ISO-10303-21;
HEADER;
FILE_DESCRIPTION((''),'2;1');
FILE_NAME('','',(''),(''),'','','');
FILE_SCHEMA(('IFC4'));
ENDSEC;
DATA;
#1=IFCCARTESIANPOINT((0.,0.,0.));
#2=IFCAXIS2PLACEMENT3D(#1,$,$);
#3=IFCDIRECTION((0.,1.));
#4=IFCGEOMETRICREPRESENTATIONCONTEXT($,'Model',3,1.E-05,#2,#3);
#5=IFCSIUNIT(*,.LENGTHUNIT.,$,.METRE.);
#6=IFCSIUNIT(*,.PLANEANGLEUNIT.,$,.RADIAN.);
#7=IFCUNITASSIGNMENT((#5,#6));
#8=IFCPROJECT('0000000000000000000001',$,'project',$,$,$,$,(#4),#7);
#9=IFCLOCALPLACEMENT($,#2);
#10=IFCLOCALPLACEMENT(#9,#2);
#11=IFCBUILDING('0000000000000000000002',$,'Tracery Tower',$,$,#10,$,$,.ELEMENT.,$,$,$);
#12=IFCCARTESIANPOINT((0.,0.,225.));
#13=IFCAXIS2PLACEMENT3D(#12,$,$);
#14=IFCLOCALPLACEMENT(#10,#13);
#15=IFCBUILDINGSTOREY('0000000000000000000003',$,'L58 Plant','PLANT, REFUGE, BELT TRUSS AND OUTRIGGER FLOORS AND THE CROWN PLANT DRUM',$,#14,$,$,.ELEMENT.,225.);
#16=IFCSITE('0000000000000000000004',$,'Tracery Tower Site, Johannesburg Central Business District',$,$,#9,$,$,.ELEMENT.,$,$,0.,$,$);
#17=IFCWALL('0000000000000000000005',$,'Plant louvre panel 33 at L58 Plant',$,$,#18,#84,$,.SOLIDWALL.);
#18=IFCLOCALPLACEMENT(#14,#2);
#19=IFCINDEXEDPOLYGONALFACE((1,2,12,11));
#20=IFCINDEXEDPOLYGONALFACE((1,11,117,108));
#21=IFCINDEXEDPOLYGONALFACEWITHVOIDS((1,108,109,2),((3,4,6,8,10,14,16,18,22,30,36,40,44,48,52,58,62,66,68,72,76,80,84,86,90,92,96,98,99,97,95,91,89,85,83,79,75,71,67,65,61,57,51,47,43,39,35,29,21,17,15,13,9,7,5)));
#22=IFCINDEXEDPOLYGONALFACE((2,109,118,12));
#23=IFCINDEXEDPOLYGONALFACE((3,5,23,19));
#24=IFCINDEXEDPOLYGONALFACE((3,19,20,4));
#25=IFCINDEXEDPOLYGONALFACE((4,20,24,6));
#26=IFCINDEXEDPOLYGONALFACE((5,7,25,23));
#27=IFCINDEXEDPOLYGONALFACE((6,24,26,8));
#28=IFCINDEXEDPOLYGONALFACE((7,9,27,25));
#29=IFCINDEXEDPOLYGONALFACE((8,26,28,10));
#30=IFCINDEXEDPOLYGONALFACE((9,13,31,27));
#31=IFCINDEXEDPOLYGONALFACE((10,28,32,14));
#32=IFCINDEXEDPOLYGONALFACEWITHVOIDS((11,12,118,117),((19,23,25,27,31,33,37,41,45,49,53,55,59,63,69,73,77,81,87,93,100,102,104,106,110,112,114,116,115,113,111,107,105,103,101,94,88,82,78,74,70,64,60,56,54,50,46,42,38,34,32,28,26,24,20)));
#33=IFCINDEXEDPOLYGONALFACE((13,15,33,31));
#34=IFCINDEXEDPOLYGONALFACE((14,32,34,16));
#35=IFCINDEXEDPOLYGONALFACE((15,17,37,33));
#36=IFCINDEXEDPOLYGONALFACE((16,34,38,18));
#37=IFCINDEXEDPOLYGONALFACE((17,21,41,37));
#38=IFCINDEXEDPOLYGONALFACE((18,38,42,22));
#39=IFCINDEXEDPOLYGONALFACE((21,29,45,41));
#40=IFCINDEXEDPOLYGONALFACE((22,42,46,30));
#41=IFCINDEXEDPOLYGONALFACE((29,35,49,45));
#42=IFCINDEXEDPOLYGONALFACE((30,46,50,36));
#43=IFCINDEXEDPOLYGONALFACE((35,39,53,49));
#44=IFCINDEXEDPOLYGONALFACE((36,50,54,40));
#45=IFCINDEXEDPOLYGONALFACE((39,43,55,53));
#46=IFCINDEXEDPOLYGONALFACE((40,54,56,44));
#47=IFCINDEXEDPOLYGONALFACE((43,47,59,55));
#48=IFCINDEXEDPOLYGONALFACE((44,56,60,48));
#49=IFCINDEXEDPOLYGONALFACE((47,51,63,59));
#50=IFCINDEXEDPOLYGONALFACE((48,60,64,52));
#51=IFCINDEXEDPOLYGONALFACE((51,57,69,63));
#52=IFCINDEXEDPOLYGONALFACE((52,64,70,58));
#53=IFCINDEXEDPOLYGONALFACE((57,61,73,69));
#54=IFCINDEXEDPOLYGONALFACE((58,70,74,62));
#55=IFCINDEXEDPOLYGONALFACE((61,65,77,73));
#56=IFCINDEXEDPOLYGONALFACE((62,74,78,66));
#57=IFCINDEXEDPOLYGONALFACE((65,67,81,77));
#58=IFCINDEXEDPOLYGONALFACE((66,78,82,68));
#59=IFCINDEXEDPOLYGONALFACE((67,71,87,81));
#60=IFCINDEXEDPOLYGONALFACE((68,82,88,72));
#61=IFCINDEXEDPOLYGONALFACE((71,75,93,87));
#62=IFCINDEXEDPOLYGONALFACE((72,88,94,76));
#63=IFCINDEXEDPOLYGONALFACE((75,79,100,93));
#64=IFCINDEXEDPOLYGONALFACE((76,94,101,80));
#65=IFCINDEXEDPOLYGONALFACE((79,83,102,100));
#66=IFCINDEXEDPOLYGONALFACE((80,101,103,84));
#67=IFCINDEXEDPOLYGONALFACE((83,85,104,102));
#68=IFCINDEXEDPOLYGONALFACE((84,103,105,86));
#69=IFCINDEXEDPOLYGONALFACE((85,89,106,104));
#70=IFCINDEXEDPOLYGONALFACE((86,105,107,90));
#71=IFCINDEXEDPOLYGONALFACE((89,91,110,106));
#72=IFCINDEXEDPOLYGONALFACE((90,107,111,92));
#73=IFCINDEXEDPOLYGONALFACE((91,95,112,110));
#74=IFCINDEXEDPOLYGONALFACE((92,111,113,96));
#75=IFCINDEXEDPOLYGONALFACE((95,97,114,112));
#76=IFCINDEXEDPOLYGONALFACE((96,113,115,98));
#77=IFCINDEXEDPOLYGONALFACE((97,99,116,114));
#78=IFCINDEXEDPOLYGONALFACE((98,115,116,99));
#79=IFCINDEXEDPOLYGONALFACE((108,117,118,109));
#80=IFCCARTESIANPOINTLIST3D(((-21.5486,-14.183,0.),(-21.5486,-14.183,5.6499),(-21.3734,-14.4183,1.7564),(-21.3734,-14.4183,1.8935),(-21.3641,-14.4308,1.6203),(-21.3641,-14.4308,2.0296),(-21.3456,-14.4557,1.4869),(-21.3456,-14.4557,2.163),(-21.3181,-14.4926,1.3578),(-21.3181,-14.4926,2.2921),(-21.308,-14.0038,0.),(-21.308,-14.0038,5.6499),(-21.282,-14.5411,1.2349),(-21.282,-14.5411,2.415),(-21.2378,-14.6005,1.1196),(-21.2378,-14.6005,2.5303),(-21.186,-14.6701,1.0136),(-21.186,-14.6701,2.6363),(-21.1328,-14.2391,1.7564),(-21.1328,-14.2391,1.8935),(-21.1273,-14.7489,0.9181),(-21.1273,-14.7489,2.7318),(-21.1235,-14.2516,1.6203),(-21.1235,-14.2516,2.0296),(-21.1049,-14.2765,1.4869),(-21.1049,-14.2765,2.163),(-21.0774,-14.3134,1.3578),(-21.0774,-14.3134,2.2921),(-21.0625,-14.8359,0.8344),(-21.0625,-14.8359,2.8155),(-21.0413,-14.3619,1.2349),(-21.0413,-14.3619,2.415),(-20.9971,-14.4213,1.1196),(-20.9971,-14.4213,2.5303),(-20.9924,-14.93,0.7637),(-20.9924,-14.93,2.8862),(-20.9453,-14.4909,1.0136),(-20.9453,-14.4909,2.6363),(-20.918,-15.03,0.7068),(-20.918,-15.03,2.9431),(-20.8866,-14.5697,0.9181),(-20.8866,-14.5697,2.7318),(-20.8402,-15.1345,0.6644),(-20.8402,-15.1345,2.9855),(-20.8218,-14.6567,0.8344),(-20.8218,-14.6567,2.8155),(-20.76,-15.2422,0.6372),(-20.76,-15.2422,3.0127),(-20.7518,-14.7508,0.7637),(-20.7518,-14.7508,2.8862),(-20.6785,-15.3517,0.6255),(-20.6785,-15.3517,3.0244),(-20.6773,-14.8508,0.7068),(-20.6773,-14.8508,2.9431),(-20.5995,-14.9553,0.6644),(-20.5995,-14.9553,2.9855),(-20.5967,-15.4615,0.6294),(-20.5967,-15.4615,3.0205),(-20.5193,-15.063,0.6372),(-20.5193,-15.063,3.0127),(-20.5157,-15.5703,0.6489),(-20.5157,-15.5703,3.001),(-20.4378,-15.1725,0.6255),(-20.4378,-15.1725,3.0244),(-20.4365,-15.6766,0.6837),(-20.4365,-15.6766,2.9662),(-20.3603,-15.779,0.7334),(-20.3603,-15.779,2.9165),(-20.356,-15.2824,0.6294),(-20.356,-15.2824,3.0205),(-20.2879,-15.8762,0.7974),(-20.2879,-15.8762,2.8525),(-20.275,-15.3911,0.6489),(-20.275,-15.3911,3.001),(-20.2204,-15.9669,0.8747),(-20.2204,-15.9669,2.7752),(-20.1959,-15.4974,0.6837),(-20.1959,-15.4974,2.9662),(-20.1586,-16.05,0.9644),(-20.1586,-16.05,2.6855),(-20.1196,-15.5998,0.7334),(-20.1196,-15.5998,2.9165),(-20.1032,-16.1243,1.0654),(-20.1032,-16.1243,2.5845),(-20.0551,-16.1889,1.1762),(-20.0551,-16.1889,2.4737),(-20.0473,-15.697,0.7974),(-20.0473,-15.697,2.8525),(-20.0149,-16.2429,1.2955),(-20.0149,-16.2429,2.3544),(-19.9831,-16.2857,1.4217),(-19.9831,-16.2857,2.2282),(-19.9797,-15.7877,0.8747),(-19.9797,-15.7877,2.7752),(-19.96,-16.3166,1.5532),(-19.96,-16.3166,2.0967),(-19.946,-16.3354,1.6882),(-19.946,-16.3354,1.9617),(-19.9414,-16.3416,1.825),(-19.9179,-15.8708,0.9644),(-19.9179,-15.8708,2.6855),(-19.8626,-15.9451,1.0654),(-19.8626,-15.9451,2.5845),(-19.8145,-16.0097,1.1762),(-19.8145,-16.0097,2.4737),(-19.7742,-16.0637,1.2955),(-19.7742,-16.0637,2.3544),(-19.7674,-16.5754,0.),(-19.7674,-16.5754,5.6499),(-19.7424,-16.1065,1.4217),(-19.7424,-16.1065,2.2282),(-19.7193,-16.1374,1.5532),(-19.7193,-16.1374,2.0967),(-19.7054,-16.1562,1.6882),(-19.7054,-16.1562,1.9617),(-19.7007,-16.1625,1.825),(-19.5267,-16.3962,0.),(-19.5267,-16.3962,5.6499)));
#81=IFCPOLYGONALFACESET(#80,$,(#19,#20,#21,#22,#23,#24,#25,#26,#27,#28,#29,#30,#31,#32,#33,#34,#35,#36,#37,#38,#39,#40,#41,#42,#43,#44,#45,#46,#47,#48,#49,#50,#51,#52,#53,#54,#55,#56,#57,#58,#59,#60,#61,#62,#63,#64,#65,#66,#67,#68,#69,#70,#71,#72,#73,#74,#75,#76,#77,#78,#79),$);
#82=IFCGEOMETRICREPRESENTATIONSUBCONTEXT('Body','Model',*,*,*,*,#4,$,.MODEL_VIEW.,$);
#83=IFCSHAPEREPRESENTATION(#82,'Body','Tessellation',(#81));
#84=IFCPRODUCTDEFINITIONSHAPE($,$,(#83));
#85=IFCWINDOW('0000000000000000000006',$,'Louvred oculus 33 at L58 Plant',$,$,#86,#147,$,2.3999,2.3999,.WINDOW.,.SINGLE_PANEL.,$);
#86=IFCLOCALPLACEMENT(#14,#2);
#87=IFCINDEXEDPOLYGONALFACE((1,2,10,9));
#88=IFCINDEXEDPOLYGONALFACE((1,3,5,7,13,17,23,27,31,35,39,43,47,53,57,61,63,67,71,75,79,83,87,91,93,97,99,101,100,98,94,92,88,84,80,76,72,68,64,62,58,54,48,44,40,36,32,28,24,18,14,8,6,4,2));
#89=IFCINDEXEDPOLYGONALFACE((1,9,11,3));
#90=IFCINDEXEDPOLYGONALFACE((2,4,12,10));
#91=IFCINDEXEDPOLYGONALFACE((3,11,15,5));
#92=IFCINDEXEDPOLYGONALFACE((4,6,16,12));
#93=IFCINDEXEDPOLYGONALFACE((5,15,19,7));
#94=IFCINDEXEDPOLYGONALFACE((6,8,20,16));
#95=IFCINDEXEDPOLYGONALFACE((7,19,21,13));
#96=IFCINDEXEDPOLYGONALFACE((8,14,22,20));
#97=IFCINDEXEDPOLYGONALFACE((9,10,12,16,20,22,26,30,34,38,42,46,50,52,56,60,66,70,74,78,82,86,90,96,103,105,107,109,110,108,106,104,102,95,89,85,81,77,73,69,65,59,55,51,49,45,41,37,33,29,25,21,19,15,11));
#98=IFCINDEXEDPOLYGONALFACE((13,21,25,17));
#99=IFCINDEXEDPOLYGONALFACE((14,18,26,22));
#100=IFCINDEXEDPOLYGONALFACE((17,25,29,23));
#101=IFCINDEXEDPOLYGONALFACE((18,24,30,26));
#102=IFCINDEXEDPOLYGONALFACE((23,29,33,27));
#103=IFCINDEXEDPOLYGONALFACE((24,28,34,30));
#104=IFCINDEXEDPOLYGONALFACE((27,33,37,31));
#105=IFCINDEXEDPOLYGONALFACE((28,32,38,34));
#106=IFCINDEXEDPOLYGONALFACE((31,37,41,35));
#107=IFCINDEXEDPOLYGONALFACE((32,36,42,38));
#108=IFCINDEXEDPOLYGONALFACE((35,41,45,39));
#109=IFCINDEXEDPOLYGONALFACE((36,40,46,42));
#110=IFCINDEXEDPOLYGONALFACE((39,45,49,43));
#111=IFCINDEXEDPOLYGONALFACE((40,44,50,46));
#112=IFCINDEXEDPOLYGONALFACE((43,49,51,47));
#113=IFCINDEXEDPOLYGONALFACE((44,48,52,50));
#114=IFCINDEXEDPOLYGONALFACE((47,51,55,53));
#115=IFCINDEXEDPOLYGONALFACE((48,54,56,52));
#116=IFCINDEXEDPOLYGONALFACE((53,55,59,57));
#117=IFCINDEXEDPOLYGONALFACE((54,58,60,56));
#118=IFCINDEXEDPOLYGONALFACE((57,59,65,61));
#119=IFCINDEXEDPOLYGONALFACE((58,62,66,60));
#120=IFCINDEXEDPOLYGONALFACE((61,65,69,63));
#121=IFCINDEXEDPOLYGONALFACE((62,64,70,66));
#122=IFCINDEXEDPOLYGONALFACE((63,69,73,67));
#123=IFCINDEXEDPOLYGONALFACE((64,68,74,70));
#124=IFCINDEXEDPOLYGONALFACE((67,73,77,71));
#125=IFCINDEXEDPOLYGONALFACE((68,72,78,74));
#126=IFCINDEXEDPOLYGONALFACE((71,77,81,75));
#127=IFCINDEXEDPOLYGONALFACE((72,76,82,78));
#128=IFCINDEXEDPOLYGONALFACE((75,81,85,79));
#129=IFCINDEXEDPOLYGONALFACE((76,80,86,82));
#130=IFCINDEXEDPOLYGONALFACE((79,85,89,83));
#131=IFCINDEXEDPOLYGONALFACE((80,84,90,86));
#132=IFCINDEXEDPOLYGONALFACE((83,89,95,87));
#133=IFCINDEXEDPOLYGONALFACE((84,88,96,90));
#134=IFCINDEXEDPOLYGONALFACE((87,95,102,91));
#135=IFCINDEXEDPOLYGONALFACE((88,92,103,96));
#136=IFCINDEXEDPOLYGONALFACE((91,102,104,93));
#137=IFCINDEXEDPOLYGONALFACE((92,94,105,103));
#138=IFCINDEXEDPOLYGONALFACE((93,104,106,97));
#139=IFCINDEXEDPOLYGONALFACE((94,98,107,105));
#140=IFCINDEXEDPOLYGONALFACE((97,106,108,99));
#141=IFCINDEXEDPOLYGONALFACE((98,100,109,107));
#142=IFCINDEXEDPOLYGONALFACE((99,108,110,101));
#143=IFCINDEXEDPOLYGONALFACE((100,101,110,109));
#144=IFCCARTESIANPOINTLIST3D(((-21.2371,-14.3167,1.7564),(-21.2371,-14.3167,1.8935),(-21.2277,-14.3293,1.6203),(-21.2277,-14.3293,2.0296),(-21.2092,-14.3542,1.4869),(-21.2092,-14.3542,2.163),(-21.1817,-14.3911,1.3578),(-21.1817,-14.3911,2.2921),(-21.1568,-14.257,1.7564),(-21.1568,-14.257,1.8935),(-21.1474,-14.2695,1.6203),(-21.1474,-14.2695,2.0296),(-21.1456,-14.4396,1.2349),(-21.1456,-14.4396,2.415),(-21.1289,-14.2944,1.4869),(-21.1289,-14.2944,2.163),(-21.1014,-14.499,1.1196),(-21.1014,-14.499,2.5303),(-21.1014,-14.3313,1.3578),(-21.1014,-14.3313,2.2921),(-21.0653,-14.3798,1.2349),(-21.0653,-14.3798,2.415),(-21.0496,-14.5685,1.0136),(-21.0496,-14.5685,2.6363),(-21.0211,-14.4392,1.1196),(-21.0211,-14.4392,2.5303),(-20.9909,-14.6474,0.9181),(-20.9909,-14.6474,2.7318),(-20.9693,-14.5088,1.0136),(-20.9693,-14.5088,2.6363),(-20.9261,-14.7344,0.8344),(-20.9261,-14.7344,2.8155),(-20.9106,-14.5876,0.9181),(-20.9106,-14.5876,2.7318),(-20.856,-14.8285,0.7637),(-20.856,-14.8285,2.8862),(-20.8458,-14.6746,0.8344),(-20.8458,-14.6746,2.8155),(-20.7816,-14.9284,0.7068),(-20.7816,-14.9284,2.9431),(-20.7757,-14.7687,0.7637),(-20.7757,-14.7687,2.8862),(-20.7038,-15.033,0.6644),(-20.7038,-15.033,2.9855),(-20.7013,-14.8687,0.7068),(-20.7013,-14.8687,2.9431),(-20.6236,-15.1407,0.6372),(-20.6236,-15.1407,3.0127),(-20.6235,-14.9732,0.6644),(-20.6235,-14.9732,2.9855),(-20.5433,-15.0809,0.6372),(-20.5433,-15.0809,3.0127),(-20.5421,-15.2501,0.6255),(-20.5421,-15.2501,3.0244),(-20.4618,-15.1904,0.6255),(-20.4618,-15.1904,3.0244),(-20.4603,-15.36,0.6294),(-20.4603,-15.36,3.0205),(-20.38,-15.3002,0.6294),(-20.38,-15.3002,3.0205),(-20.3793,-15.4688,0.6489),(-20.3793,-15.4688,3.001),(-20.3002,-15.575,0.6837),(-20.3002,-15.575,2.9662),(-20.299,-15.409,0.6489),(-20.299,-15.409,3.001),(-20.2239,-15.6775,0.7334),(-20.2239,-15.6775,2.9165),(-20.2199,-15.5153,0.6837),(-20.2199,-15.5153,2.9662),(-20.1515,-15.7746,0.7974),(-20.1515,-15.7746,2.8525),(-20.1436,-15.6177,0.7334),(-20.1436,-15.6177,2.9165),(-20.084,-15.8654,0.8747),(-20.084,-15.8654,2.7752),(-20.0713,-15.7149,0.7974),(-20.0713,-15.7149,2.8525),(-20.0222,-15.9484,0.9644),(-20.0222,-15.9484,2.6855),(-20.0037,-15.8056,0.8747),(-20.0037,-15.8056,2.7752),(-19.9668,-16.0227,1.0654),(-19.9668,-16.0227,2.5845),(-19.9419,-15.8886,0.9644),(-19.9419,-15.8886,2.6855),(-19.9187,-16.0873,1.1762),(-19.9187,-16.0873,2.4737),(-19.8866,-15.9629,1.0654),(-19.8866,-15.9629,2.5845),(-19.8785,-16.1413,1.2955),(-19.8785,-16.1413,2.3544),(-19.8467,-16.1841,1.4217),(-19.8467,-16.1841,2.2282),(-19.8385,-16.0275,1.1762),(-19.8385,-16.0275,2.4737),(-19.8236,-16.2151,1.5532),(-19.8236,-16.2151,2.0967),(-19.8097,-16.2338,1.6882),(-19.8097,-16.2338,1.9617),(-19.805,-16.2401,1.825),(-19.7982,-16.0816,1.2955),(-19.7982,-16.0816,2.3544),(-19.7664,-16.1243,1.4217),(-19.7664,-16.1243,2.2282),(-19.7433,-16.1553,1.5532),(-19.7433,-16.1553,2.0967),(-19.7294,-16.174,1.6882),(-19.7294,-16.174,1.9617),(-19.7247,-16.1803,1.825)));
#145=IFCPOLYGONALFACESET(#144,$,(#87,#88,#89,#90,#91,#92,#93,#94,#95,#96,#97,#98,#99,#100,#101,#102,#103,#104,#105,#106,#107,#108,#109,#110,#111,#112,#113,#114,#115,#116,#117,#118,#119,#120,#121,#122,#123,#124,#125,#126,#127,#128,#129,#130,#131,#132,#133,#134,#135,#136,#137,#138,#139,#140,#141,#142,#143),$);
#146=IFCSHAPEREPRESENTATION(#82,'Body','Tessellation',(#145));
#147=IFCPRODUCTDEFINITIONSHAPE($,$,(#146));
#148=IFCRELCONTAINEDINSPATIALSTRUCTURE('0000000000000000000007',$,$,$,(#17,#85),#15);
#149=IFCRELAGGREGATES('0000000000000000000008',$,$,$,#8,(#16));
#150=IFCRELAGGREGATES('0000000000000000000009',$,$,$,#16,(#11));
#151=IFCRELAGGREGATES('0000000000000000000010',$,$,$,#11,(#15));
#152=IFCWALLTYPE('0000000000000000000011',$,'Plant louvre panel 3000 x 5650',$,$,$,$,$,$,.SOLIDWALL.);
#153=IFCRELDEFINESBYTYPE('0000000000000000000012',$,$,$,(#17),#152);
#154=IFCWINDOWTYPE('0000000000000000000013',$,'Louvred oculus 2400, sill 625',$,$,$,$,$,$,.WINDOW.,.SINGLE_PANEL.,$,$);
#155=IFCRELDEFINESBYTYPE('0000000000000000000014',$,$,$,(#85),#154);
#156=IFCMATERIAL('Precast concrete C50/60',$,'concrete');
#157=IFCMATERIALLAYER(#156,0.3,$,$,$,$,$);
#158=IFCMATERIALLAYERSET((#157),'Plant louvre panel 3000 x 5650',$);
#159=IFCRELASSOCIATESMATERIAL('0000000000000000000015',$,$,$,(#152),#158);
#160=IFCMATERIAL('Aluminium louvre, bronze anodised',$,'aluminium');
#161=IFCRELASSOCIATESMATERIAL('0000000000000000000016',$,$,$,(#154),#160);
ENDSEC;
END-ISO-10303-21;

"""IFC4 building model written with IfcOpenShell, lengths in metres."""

from ifc_helpers import new_model, si_unit, direction, frame, frame_2d, origin, origin_2d, place, context, subcontext, project, spatial, rectangle, circle, extrude, material, layer, layer_set, type_object, element, fill, save


model = new_model("IFC4")

# Units and contexts
model_context = context("Model", 3, precision=1e-05, world=origin(), true_north=direction((0.0, 1.0)))
body_context = subcontext(model_context, "Body", "Model", "MODEL_VIEW")
ifc_project = project(units=[si_unit("LENGTHUNIT", "METRE"), si_unit("PLANEANGLEUNIT", "RADIAN")], contexts=[model_context])

# Site, building, storey
site_placement = place(None, origin())
site = spatial("IfcSite", under=ifc_project, at=site_placement, Name="Tracery Tower Site, Johannesburg Central Business District", CompositionType="ELEMENT", RefElevation=0.0)
building_placement = place(site_placement, origin())
building = spatial("IfcBuilding", under=site, at=building_placement, Name="Tracery Tower", CompositionType="ELEMENT")
storey_placement = place(building_placement, frame((0.0, 0.0, 225.0)))
storey = spatial("IfcBuildingStorey", under=building, at=storey_placement, Name="L58 Plant", Description="PLANT, REFUGE, BELT TRUSS AND OUTRIGGER FLOORS AND THE CROWN PLANT DRUM", CompositionType="ELEMENT", Elevation=225.0)

# Wall, opening, window
ifc_material_1 = material(Name="Precast concrete C50/60", Category="concrete")
ifc_layer = layer(ifc_material_1, 0.3)
ifc_layer_set = layer_set([ifc_layer], Name="Plant louvre panel 3000 x 5650")
wall_type = type_object("IfcWallType", Name="Plant louvre panel 3000 x 5650", PredefinedType="SOLIDWALL", material=ifc_layer_set)
wall_placement = place(storey_placement, frame((-21.4282, -14.0935, 0.0), z_axis=(0.0, 0.0, 1.0), x_axis=(0.597207, -0.802087, 0.0)))
wall = element("IfcWall", 1, at=wall_placement, inside=storey, type_object=wall_type, Name="Plant louvre panel 33 at L58 Plant", PredefinedType="SOLIDWALL", context=body_context, shape_type="SweptSolid", body=[
    extrude(rectangle(XDim=2.9827, YDim=0.3, at=frame_2d((1.4912, 0.0))), origin(), (0.0, 0.0, 1.0), 5.6499),
])
opening_placement = place(wall_placement, frame((1.4912, 0.0, 1.825)))
opening = element("IfcOpeningElement", 2, at=opening_placement, cuts=wall, PredefinedType="OPENING", context=body_context, shape_type="SweptSolid", body=[
    extrude(circle(Radius=1.2, at=origin_2d()), frame((0.0, 0.1599, 0.0), z_axis=(0.0, -1.0, 0.0), x_axis=(1.0, 0.0, 0.0)), (0.0, 0.0, 1.0), 0.3201),
])
ifc_material_2 = material(Name="Aluminium louvre, bronze anodised", Category="aluminium")
window_type = type_object("IfcWindowType", Name="Louvred oculus 2400, sill 625", PartitioningType="SINGLE_PANEL", PredefinedType="WINDOW", material=ifc_material_2)
window_placement = place(opening_placement, origin())
window = element("IfcWindow", 3, at=window_placement, inside=storey, type_object=window_type, Name="Louvred oculus 33 at L58 Plant", OverallHeight=2.3999, OverallWidth=2.3999, PartitioningType="SINGLE_PANEL", PredefinedType="WINDOW", context=body_context, shape_type="SweptSolid", body=[
    extrude(circle(Radius=1.2, at=origin_2d()), frame((0.0, 0.1201, 0.0), z_axis=(0.0, -1.0, 0.0), x_axis=(1.0, 0.0, 0.0)), (0.0, 0.0, 1.0), 0.1001),
])
fill(opening, window)

save(model, "model.ifc")
